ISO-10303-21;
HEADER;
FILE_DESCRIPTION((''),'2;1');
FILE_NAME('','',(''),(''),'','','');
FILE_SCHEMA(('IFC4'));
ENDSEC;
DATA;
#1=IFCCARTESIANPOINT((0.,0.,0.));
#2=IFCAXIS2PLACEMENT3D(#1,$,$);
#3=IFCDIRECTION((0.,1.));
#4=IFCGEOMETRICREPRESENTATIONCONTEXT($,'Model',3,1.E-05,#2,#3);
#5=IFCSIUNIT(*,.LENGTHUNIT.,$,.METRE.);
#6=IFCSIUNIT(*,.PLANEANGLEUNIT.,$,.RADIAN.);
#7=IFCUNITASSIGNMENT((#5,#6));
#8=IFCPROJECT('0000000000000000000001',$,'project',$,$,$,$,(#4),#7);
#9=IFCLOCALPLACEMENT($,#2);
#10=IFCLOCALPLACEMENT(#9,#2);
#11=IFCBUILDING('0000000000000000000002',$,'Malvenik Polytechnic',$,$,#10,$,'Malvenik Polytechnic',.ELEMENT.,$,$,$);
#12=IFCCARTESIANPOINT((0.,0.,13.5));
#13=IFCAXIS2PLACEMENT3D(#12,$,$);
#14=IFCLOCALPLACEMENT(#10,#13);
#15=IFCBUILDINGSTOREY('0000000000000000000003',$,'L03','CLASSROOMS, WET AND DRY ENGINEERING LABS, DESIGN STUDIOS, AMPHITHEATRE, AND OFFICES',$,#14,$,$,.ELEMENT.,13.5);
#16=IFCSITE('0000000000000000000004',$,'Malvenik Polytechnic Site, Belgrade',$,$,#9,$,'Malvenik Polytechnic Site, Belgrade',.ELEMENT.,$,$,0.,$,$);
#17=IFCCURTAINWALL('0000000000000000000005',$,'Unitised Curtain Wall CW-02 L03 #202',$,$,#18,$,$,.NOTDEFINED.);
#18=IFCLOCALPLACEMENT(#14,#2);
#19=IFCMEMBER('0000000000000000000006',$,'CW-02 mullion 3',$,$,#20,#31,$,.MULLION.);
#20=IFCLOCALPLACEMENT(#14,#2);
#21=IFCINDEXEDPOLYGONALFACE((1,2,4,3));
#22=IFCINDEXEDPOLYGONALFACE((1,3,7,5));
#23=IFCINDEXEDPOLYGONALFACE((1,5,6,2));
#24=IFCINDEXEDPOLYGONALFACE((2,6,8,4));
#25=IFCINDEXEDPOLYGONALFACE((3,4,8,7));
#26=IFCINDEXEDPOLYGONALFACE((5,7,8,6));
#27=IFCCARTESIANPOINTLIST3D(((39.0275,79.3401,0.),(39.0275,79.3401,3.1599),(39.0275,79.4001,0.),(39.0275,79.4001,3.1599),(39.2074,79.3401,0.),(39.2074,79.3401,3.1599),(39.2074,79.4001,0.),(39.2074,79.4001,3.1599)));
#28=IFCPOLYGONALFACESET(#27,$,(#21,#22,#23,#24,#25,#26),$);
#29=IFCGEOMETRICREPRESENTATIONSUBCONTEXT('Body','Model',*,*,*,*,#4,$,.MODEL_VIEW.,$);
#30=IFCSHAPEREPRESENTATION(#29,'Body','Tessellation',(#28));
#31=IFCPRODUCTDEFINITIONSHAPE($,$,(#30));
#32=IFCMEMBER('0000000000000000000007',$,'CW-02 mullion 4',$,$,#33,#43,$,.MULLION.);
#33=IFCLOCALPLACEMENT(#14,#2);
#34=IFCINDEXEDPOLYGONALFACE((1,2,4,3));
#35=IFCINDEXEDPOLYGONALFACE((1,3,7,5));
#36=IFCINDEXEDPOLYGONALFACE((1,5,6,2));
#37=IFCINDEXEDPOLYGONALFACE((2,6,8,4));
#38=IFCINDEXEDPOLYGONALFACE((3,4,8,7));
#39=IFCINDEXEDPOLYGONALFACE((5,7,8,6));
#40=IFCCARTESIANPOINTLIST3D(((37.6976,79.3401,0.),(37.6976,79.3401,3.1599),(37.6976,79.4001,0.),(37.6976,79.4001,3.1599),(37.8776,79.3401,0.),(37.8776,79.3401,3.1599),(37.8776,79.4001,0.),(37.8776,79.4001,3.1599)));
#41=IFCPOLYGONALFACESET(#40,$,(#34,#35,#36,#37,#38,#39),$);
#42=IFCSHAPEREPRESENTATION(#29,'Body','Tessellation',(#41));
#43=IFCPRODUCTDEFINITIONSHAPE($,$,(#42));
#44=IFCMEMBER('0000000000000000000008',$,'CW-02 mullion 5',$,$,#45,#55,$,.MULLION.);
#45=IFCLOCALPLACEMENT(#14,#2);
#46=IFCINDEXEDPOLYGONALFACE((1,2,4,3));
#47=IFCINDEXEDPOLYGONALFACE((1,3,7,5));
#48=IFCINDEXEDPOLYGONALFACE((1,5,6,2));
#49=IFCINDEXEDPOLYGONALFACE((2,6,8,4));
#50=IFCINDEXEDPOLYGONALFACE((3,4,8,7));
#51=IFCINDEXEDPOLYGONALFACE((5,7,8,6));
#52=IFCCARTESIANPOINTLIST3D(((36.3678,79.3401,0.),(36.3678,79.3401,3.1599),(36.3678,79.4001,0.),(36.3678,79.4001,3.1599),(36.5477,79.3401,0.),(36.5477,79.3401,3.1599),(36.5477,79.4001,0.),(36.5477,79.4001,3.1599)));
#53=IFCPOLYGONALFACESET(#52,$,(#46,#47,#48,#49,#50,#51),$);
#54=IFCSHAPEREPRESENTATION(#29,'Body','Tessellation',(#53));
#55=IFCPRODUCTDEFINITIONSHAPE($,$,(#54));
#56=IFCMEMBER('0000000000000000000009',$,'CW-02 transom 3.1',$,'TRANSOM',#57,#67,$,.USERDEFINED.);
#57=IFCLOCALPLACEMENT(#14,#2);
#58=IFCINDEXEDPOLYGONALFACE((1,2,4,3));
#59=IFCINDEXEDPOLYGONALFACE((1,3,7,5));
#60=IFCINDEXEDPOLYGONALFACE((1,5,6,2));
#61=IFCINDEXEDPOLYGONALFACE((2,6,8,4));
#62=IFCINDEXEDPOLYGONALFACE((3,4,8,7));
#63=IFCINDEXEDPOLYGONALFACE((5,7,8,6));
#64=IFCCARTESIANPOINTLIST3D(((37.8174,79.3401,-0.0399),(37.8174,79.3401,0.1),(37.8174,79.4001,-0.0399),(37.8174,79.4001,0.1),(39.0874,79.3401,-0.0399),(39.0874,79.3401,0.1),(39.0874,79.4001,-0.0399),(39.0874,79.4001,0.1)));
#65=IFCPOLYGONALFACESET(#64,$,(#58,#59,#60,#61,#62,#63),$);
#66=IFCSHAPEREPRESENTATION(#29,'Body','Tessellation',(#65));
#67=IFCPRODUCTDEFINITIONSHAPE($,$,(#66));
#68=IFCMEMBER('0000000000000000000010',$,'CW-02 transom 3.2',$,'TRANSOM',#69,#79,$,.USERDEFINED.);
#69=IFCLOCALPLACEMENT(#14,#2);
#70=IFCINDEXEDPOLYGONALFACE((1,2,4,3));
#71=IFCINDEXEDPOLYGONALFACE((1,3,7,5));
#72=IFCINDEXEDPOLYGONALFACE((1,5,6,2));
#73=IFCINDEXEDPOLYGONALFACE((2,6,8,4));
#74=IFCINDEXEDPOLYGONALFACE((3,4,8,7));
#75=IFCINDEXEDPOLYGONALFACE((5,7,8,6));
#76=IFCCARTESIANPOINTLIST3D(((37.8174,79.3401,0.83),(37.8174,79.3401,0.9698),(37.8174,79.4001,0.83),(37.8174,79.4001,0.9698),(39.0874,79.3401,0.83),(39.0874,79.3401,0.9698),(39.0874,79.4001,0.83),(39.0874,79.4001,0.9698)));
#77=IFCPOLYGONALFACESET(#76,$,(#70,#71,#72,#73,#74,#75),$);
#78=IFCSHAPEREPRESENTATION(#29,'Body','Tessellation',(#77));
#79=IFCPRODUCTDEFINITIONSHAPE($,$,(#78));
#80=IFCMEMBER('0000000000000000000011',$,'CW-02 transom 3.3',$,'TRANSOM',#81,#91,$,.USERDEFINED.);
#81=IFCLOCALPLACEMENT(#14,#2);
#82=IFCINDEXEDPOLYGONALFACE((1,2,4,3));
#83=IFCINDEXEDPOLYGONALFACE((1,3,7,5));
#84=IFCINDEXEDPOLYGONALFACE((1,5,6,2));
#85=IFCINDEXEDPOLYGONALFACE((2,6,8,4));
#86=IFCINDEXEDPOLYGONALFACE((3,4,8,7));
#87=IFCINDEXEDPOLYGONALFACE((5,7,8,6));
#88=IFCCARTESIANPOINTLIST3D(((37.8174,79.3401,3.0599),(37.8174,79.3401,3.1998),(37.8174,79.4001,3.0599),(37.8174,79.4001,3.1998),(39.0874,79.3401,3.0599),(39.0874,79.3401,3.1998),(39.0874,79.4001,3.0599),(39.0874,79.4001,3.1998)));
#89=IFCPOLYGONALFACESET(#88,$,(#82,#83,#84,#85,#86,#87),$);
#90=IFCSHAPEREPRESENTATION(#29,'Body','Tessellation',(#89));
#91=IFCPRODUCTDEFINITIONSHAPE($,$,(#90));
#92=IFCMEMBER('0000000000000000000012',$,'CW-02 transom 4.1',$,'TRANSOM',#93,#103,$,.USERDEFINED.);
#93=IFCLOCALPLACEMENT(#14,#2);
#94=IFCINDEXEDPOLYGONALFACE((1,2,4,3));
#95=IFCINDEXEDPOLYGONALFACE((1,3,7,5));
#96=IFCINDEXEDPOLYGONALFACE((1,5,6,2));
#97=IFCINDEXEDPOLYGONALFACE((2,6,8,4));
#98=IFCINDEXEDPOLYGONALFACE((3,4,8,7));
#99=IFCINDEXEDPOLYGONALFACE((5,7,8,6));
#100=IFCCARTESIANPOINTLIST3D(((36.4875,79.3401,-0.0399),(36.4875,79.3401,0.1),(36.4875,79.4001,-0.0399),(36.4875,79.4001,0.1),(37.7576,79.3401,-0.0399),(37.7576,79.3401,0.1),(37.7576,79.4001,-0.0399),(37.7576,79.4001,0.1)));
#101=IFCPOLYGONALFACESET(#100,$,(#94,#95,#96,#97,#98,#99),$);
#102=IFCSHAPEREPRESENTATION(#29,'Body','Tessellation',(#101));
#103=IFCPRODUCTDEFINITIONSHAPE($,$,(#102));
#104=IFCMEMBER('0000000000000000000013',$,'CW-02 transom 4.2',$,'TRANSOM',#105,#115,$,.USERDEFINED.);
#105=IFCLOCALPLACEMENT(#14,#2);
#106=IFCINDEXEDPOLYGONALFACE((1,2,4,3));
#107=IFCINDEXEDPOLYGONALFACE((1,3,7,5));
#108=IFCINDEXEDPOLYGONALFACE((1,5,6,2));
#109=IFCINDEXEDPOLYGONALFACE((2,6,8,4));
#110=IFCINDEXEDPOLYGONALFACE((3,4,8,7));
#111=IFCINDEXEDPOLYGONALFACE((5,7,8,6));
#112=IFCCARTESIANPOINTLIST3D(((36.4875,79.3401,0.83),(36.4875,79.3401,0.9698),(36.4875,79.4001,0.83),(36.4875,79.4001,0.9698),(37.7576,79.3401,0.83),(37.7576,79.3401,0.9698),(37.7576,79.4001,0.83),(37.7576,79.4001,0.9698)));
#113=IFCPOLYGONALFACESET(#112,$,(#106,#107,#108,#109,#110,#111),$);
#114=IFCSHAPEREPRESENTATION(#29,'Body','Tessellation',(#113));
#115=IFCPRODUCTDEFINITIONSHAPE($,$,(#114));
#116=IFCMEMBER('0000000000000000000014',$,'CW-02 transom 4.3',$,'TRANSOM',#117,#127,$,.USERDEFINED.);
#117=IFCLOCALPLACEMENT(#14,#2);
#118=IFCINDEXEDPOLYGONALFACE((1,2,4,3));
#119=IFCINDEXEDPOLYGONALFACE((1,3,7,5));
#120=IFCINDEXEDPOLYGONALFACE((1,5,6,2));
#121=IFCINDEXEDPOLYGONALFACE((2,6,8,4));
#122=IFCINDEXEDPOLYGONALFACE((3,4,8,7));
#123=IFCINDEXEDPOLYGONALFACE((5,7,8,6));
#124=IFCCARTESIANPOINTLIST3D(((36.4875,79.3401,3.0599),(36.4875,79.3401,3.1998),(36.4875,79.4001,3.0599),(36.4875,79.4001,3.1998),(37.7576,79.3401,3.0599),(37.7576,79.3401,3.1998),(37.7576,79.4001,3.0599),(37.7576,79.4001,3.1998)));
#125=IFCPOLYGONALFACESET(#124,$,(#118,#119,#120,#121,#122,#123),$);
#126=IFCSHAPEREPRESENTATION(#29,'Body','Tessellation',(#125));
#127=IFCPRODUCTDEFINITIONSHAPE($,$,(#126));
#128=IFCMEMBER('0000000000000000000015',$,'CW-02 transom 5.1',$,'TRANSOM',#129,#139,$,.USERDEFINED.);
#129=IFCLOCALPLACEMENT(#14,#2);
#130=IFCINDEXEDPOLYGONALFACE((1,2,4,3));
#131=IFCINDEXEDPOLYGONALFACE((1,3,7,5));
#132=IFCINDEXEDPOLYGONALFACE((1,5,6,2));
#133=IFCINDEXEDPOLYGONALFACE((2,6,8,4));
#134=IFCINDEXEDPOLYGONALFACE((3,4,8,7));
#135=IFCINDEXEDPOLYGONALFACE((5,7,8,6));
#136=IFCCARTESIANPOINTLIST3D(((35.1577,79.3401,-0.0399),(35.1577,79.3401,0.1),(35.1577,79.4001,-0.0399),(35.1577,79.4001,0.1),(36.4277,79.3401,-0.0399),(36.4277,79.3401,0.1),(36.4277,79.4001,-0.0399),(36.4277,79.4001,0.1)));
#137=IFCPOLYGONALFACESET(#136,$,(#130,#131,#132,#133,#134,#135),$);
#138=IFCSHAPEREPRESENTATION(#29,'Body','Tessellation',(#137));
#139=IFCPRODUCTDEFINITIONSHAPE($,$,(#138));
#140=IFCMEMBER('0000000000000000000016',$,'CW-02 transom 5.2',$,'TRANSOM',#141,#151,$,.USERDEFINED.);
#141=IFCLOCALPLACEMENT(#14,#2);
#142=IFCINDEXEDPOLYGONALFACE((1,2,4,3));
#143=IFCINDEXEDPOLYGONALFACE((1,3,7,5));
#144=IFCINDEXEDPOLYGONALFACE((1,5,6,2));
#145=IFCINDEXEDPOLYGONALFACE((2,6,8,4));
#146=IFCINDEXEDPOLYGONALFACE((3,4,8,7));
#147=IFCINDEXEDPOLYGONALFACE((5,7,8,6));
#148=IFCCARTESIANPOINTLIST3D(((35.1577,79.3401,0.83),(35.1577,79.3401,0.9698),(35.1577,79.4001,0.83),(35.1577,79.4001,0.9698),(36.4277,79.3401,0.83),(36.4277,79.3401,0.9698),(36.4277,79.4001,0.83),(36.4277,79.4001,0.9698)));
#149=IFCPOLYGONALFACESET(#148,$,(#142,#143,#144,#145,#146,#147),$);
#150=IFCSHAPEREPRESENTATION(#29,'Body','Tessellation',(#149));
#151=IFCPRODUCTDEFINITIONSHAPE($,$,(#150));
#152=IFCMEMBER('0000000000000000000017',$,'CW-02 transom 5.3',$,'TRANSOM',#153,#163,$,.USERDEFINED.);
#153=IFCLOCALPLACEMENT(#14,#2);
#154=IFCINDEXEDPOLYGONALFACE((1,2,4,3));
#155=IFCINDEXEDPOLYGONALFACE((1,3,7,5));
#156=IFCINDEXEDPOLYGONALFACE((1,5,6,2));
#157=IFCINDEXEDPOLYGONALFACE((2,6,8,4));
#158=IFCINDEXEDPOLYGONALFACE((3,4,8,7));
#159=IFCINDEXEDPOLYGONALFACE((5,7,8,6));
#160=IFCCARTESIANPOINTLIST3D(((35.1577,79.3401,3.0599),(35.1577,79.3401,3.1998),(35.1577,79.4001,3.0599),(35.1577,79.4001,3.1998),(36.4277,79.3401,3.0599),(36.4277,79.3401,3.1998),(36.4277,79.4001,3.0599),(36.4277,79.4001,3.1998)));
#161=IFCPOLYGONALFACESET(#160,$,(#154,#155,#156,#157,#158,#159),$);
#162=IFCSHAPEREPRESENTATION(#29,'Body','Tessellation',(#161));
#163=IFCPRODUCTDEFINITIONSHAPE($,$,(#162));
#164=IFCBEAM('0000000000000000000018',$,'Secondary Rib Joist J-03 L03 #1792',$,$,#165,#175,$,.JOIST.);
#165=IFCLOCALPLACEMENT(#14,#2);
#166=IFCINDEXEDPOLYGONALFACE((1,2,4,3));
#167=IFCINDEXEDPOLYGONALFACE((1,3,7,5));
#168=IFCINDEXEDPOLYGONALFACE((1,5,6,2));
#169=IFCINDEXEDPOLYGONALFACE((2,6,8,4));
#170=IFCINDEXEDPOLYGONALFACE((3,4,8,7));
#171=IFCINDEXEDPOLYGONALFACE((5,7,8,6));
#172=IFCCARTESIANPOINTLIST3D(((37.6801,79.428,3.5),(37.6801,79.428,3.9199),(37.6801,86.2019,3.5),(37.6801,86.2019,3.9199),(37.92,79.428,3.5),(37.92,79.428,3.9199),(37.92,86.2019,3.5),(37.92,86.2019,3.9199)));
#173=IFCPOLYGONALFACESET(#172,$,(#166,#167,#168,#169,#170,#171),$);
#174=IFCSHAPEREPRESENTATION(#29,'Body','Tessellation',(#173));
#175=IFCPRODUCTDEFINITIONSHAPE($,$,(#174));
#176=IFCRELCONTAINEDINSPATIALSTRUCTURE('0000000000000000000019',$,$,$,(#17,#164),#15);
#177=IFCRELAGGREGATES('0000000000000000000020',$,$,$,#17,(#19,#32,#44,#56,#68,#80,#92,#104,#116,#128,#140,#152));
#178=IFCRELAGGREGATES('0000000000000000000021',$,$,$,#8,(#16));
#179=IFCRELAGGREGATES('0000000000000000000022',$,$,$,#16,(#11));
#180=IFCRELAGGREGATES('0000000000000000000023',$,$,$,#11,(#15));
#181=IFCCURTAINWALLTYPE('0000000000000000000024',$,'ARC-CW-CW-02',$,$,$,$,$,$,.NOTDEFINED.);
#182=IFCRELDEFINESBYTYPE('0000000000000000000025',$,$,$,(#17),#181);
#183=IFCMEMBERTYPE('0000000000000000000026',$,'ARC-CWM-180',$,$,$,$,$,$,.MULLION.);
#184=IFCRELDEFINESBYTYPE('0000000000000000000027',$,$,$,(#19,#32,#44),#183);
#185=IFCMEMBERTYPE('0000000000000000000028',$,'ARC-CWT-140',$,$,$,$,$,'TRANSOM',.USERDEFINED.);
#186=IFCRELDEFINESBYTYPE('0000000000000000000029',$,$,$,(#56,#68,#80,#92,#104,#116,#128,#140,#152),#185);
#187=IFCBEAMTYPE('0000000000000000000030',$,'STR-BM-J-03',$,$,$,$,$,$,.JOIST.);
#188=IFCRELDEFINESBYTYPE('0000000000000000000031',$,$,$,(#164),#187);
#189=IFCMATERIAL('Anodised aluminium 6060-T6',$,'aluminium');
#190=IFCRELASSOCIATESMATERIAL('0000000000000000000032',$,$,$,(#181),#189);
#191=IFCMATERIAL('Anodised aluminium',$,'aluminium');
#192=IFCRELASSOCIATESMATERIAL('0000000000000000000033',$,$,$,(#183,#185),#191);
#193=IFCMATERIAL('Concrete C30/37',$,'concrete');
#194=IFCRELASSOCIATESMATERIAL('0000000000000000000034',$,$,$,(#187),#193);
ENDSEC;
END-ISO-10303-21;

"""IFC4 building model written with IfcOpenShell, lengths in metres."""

from ifc_helpers import new_model, si_unit, direction, frame, origin, origin_2d, place, context, subcontext, project, spatial, rectangle, extrude, material, material_profile, profile_set, type_object, element, aggregate, save


model = new_model("IFC4")

# Units and contexts
model_context = context("Model", 3, precision=1e-05, world=origin(), true_north=direction((0.0, 1.0)))
body_context = subcontext(model_context, "Body", "Model", "MODEL_VIEW")
ifc_project = project(units=[si_unit("LENGTHUNIT", "METRE"), si_unit("PLANEANGLEUNIT", "RADIAN")], contexts=[model_context])

# Site, building, storey
site_placement = place(None, origin())
site = spatial("IfcSite", under=ifc_project, at=site_placement, Name="Malvenik Polytechnic Site, Belgrade", LongName="Malvenik Polytechnic Site, Belgrade", CompositionType="ELEMENT", RefElevation=0.0)
building_placement = place(site_placement, origin())
building = spatial("IfcBuilding", under=site, at=building_placement, Name="Malvenik Polytechnic", LongName="Malvenik Polytechnic", CompositionType="ELEMENT")
storey_placement = place(building_placement, frame((0.0, 0.0, 13.5)))
storey = spatial("IfcBuildingStorey", under=building, at=storey_placement, Name="L03", Description="CLASSROOMS, WET AND DRY ENGINEERING LABS, DESIGN STUDIOS, AMPHITHEATRE, AND OFFICES", CompositionType="ELEMENT", Elevation=13.5)

# Curtain wall, members
ifc_material_1 = material(Name="Anodised aluminium 6060-T6", Category="aluminium")
curtain_wall_type = type_object("IfcCurtainWallType", Name="ARC-CW-CW-02", PredefinedType="NOTDEFINED", material=ifc_material_1)
curtain_wall_placement = place(storey_placement, origin())
curtain_wall = element("IfcCurtainWall", 1, at=curtain_wall_placement, inside=storey, type_object=curtain_wall_type, Name="Unitised Curtain Wall CW-02 L03 #202", PredefinedType="NOTDEFINED")
ifc_material_2 = material(Name="Anodised aluminium", Category="aluminium")
ifc_material_profile_1 = material_profile(ifc_material_2, rectangle(XDim=0.0601, YDim=0.1799, at=origin_2d()), Name="ALU MULLION 60x180")
ifc_profile_set_1 = profile_set([ifc_material_profile_1], Name="Anodised aluminium")
member_type_1 = type_object("IfcMemberType", Name="ARC-CWM-180", PredefinedType="MULLION", material=ifc_profile_set_1)
member_1_placement = place(storey_placement, frame((39.1174, 79.3701, 0.0), z_axis=(0.0, 0.0, 1.0), x_axis=(0.0, -1.0, 0.0)))
member_1 = element("IfcMember", 2, at=member_1_placement, type_object=member_type_1, Name="CW-02 mullion 3", PredefinedType="MULLION", context=body_context, shape_type="SweptSolid", body=[
    extrude(rectangle(XDim=0.0601, YDim=0.1799, at=origin_2d()), origin(), (0.0, 0.0, 1.0), 3.1599),
])
member_2_placement = place(storey_placement, frame((37.7876, 79.3701, 0.0), z_axis=(0.0, 0.0, 1.0), x_axis=(0.0, -1.0, 0.0)))
member_2 = element("IfcMember", 3, at=member_2_placement, type_object=member_type_1, Name="CW-02 mullion 4", PredefinedType="MULLION", context=body_context, shape_type="SweptSolid", body=[
    extrude(rectangle(XDim=0.0601, YDim=0.1799, at=origin_2d()), origin(), (0.0, 0.0, 1.0), 3.1599),
])
member_3_placement = place(storey_placement, frame((36.4578, 79.3701, 0.0), z_axis=(0.0, 0.0, 1.0), x_axis=(0.0, -1.0, 0.0)))
member_3 = element("IfcMember", 4, at=member_3_placement, type_object=member_type_1, Name="CW-02 mullion 5", PredefinedType="MULLION", context=body_context, shape_type="SweptSolid", body=[
    extrude(rectangle(XDim=0.0601, YDim=0.1799, at=origin_2d()), origin(), (0.0, 0.0, 1.0), 3.1599),
])
ifc_material_profile_2 = material_profile(ifc_material_2, rectangle(XDim=0.0601, YDim=0.1399, at=origin_2d()), Name="ALU TRANSOM 60x140")
ifc_profile_set_2 = profile_set([ifc_material_profile_2], Name="Anodised aluminium")
member_type_2 = type_object("IfcMemberType", Name="ARC-CWT-140", ElementType="TRANSOM", PredefinedType="USERDEFINED", material=ifc_profile_set_2)
member_4_placement = place(storey_placement, frame((39.0874, 79.3701, 0.03), z_axis=(-1.0, 0.0, 0.0), x_axis=(0.0, -1.0, 0.0)))
member_4 = element("IfcMember", 5, at=member_4_placement, type_object=member_type_2, Name="CW-02 transom 3.1", ObjectType="TRANSOM", PredefinedType="USERDEFINED", context=body_context, shape_type="SweptSolid", body=[
    extrude(rectangle(XDim=0.0601, YDim=0.1399, at=origin_2d()), origin(), (0.0, 0.0, 1.0), 1.27),
])
member_5_placement = place(storey_placement, frame((39.0874, 79.3701, 0.8999), z_axis=(-1.0, 0.0, 0.0), x_axis=(0.0, -1.0, 0.0)))
member_5 = element("IfcMember", 6, at=member_5_placement, type_object=member_type_2, Name="CW-02 transom 3.2", ObjectType="TRANSOM", PredefinedType="USERDEFINED", context=body_context, shape_type="SweptSolid", body=[
    extrude(rectangle(XDim=0.0601, YDim=0.1399, at=origin_2d()), origin(), (0.0, 0.0, 1.0), 1.27),
])
member_6_placement = place(storey_placement, frame((39.0874, 79.3701, 3.1299), z_axis=(-1.0, 0.0, 0.0), x_axis=(0.0, -1.0, 0.0)))
member_6 = element("IfcMember", 7, at=member_6_placement, type_object=member_type_2, Name="CW-02 transom 3.3", ObjectType="TRANSOM", PredefinedType="USERDEFINED", context=body_context, shape_type="SweptSolid", body=[
    extrude(rectangle(XDim=0.0601, YDim=0.1399, at=origin_2d()), origin(), (0.0, 0.0, 1.0), 1.27),
])
member_7_placement = place(storey_placement, frame((37.7576, 79.3701, 0.03), z_axis=(-1.0, 0.0, 0.0), x_axis=(0.0, -1.0, 0.0)))
member_7 = element("IfcMember", 8, at=member_7_placement, type_object=member_type_2, Name="CW-02 transom 4.1", ObjectType="TRANSOM", PredefinedType="USERDEFINED", context=body_context, shape_type="SweptSolid", body=[
    extrude(rectangle(XDim=0.0601, YDim=0.1399, at=origin_2d()), origin(), (0.0, 0.0, 1.0), 1.27),
])
member_8_placement = place(storey_placement, frame((37.7576, 79.3701, 0.8999), z_axis=(-1.0, 0.0, 0.0), x_axis=(0.0, -1.0, 0.0)))
member_8 = element("IfcMember", 9, at=member_8_placement, type_object=member_type_2, Name="CW-02 transom 4.2", ObjectType="TRANSOM", PredefinedType="USERDEFINED", context=body_context, shape_type="SweptSolid", body=[
    extrude(rectangle(XDim=0.0601, YDim=0.1399, at=origin_2d()), origin(), (0.0, 0.0, 1.0), 1.27),
])
member_9_placement = place(storey_placement, frame((37.7576, 79.3701, 3.1299), z_axis=(-1.0, 0.0, 0.0), x_axis=(0.0, -1.0, 0.0)))
member_9 = element("IfcMember", 10, at=member_9_placement, type_object=member_type_2, Name="CW-02 transom 4.3", ObjectType="TRANSOM", PredefinedType="USERDEFINED", context=body_context, shape_type="SweptSolid", body=[
    extrude(rectangle(XDim=0.0601, YDim=0.1399, at=origin_2d()), origin(), (0.0, 0.0, 1.0), 1.27),
])
member_10_placement = place(storey_placement, frame((36.4277, 79.3701, 0.03), z_axis=(-1.0, 0.0, 0.0), x_axis=(0.0, -1.0, 0.0)))
member_10 = element("IfcMember", 11, at=member_10_placement, type_object=member_type_2, Name="CW-02 transom 5.1", ObjectType="TRANSOM", PredefinedType="USERDEFINED", context=body_context, shape_type="SweptSolid", body=[
    extrude(rectangle(XDim=0.0601, YDim=0.1399, at=origin_2d()), origin(), (0.0, 0.0, 1.0), 1.27),
])
member_11_placement = place(storey_placement, frame((36.4277, 79.3701, 0.8999), z_axis=(-1.0, 0.0, 0.0), x_axis=(0.0, -1.0, 0.0)))
member_11 = element("IfcMember", 12, at=member_11_placement, type_object=member_type_2, Name="CW-02 transom 5.2", ObjectType="TRANSOM", PredefinedType="USERDEFINED", context=body_context, shape_type="SweptSolid", body=[
    extrude(rectangle(XDim=0.0601, YDim=0.1399, at=origin_2d()), origin(), (0.0, 0.0, 1.0), 1.27),
])
member_12_placement = place(storey_placement, frame((36.4277, 79.3701, 3.1299), z_axis=(-1.0, 0.0, 0.0), x_axis=(0.0, -1.0, 0.0)))
member_12 = element("IfcMember", 13, at=member_12_placement, type_object=member_type_2, Name="CW-02 transom 5.3", ObjectType="TRANSOM", PredefinedType="USERDEFINED", context=body_context, shape_type="SweptSolid", body=[
    extrude(rectangle(XDim=0.0601, YDim=0.1399, at=origin_2d()), origin(), (0.0, 0.0, 1.0), 1.27),
])

# Beam
ifc_material_3 = material(Name="Concrete C30/37", Category="concrete")
ifc_material_profile_3 = material_profile(ifc_material_3, rectangle(XDim=0.24, YDim=0.4199, at=origin_2d()), Name="RC JST 240x420")
ifc_profile_set_3 = profile_set([ifc_material_profile_3], Name="Concrete C30/37")
beam_type_1 = type_object("IfcBeamType", Name="STR-BM-J-03", PredefinedType="JOIST", material=ifc_profile_set_3)
beam_1_placement = place(storey_placement, frame((37.8, 79.428, 3.71), z_axis=(0.0, 1.0, 0.0), x_axis=(-1.0, 0.0, 0.0)))
element("IfcBeam", 14, at=beam_1_placement, inside=storey, type_object=beam_type_1, Name="Secondary Rib Joist J-03 L03 #1792", PredefinedType="JOIST", context=body_context, shape_type="SweptSolid", body=[
    extrude(rectangle(XDim=0.24, YDim=0.4199, at=origin_2d()), origin(), (0.0, 0.0, 1.0), 6.7739),
])

aggregate(curtain_wall, [member_1, member_2, member_3, member_4, member_5, member_6, member_7, member_8, member_9, member_10, member_11, member_12])

save(model, "model.ifc")
